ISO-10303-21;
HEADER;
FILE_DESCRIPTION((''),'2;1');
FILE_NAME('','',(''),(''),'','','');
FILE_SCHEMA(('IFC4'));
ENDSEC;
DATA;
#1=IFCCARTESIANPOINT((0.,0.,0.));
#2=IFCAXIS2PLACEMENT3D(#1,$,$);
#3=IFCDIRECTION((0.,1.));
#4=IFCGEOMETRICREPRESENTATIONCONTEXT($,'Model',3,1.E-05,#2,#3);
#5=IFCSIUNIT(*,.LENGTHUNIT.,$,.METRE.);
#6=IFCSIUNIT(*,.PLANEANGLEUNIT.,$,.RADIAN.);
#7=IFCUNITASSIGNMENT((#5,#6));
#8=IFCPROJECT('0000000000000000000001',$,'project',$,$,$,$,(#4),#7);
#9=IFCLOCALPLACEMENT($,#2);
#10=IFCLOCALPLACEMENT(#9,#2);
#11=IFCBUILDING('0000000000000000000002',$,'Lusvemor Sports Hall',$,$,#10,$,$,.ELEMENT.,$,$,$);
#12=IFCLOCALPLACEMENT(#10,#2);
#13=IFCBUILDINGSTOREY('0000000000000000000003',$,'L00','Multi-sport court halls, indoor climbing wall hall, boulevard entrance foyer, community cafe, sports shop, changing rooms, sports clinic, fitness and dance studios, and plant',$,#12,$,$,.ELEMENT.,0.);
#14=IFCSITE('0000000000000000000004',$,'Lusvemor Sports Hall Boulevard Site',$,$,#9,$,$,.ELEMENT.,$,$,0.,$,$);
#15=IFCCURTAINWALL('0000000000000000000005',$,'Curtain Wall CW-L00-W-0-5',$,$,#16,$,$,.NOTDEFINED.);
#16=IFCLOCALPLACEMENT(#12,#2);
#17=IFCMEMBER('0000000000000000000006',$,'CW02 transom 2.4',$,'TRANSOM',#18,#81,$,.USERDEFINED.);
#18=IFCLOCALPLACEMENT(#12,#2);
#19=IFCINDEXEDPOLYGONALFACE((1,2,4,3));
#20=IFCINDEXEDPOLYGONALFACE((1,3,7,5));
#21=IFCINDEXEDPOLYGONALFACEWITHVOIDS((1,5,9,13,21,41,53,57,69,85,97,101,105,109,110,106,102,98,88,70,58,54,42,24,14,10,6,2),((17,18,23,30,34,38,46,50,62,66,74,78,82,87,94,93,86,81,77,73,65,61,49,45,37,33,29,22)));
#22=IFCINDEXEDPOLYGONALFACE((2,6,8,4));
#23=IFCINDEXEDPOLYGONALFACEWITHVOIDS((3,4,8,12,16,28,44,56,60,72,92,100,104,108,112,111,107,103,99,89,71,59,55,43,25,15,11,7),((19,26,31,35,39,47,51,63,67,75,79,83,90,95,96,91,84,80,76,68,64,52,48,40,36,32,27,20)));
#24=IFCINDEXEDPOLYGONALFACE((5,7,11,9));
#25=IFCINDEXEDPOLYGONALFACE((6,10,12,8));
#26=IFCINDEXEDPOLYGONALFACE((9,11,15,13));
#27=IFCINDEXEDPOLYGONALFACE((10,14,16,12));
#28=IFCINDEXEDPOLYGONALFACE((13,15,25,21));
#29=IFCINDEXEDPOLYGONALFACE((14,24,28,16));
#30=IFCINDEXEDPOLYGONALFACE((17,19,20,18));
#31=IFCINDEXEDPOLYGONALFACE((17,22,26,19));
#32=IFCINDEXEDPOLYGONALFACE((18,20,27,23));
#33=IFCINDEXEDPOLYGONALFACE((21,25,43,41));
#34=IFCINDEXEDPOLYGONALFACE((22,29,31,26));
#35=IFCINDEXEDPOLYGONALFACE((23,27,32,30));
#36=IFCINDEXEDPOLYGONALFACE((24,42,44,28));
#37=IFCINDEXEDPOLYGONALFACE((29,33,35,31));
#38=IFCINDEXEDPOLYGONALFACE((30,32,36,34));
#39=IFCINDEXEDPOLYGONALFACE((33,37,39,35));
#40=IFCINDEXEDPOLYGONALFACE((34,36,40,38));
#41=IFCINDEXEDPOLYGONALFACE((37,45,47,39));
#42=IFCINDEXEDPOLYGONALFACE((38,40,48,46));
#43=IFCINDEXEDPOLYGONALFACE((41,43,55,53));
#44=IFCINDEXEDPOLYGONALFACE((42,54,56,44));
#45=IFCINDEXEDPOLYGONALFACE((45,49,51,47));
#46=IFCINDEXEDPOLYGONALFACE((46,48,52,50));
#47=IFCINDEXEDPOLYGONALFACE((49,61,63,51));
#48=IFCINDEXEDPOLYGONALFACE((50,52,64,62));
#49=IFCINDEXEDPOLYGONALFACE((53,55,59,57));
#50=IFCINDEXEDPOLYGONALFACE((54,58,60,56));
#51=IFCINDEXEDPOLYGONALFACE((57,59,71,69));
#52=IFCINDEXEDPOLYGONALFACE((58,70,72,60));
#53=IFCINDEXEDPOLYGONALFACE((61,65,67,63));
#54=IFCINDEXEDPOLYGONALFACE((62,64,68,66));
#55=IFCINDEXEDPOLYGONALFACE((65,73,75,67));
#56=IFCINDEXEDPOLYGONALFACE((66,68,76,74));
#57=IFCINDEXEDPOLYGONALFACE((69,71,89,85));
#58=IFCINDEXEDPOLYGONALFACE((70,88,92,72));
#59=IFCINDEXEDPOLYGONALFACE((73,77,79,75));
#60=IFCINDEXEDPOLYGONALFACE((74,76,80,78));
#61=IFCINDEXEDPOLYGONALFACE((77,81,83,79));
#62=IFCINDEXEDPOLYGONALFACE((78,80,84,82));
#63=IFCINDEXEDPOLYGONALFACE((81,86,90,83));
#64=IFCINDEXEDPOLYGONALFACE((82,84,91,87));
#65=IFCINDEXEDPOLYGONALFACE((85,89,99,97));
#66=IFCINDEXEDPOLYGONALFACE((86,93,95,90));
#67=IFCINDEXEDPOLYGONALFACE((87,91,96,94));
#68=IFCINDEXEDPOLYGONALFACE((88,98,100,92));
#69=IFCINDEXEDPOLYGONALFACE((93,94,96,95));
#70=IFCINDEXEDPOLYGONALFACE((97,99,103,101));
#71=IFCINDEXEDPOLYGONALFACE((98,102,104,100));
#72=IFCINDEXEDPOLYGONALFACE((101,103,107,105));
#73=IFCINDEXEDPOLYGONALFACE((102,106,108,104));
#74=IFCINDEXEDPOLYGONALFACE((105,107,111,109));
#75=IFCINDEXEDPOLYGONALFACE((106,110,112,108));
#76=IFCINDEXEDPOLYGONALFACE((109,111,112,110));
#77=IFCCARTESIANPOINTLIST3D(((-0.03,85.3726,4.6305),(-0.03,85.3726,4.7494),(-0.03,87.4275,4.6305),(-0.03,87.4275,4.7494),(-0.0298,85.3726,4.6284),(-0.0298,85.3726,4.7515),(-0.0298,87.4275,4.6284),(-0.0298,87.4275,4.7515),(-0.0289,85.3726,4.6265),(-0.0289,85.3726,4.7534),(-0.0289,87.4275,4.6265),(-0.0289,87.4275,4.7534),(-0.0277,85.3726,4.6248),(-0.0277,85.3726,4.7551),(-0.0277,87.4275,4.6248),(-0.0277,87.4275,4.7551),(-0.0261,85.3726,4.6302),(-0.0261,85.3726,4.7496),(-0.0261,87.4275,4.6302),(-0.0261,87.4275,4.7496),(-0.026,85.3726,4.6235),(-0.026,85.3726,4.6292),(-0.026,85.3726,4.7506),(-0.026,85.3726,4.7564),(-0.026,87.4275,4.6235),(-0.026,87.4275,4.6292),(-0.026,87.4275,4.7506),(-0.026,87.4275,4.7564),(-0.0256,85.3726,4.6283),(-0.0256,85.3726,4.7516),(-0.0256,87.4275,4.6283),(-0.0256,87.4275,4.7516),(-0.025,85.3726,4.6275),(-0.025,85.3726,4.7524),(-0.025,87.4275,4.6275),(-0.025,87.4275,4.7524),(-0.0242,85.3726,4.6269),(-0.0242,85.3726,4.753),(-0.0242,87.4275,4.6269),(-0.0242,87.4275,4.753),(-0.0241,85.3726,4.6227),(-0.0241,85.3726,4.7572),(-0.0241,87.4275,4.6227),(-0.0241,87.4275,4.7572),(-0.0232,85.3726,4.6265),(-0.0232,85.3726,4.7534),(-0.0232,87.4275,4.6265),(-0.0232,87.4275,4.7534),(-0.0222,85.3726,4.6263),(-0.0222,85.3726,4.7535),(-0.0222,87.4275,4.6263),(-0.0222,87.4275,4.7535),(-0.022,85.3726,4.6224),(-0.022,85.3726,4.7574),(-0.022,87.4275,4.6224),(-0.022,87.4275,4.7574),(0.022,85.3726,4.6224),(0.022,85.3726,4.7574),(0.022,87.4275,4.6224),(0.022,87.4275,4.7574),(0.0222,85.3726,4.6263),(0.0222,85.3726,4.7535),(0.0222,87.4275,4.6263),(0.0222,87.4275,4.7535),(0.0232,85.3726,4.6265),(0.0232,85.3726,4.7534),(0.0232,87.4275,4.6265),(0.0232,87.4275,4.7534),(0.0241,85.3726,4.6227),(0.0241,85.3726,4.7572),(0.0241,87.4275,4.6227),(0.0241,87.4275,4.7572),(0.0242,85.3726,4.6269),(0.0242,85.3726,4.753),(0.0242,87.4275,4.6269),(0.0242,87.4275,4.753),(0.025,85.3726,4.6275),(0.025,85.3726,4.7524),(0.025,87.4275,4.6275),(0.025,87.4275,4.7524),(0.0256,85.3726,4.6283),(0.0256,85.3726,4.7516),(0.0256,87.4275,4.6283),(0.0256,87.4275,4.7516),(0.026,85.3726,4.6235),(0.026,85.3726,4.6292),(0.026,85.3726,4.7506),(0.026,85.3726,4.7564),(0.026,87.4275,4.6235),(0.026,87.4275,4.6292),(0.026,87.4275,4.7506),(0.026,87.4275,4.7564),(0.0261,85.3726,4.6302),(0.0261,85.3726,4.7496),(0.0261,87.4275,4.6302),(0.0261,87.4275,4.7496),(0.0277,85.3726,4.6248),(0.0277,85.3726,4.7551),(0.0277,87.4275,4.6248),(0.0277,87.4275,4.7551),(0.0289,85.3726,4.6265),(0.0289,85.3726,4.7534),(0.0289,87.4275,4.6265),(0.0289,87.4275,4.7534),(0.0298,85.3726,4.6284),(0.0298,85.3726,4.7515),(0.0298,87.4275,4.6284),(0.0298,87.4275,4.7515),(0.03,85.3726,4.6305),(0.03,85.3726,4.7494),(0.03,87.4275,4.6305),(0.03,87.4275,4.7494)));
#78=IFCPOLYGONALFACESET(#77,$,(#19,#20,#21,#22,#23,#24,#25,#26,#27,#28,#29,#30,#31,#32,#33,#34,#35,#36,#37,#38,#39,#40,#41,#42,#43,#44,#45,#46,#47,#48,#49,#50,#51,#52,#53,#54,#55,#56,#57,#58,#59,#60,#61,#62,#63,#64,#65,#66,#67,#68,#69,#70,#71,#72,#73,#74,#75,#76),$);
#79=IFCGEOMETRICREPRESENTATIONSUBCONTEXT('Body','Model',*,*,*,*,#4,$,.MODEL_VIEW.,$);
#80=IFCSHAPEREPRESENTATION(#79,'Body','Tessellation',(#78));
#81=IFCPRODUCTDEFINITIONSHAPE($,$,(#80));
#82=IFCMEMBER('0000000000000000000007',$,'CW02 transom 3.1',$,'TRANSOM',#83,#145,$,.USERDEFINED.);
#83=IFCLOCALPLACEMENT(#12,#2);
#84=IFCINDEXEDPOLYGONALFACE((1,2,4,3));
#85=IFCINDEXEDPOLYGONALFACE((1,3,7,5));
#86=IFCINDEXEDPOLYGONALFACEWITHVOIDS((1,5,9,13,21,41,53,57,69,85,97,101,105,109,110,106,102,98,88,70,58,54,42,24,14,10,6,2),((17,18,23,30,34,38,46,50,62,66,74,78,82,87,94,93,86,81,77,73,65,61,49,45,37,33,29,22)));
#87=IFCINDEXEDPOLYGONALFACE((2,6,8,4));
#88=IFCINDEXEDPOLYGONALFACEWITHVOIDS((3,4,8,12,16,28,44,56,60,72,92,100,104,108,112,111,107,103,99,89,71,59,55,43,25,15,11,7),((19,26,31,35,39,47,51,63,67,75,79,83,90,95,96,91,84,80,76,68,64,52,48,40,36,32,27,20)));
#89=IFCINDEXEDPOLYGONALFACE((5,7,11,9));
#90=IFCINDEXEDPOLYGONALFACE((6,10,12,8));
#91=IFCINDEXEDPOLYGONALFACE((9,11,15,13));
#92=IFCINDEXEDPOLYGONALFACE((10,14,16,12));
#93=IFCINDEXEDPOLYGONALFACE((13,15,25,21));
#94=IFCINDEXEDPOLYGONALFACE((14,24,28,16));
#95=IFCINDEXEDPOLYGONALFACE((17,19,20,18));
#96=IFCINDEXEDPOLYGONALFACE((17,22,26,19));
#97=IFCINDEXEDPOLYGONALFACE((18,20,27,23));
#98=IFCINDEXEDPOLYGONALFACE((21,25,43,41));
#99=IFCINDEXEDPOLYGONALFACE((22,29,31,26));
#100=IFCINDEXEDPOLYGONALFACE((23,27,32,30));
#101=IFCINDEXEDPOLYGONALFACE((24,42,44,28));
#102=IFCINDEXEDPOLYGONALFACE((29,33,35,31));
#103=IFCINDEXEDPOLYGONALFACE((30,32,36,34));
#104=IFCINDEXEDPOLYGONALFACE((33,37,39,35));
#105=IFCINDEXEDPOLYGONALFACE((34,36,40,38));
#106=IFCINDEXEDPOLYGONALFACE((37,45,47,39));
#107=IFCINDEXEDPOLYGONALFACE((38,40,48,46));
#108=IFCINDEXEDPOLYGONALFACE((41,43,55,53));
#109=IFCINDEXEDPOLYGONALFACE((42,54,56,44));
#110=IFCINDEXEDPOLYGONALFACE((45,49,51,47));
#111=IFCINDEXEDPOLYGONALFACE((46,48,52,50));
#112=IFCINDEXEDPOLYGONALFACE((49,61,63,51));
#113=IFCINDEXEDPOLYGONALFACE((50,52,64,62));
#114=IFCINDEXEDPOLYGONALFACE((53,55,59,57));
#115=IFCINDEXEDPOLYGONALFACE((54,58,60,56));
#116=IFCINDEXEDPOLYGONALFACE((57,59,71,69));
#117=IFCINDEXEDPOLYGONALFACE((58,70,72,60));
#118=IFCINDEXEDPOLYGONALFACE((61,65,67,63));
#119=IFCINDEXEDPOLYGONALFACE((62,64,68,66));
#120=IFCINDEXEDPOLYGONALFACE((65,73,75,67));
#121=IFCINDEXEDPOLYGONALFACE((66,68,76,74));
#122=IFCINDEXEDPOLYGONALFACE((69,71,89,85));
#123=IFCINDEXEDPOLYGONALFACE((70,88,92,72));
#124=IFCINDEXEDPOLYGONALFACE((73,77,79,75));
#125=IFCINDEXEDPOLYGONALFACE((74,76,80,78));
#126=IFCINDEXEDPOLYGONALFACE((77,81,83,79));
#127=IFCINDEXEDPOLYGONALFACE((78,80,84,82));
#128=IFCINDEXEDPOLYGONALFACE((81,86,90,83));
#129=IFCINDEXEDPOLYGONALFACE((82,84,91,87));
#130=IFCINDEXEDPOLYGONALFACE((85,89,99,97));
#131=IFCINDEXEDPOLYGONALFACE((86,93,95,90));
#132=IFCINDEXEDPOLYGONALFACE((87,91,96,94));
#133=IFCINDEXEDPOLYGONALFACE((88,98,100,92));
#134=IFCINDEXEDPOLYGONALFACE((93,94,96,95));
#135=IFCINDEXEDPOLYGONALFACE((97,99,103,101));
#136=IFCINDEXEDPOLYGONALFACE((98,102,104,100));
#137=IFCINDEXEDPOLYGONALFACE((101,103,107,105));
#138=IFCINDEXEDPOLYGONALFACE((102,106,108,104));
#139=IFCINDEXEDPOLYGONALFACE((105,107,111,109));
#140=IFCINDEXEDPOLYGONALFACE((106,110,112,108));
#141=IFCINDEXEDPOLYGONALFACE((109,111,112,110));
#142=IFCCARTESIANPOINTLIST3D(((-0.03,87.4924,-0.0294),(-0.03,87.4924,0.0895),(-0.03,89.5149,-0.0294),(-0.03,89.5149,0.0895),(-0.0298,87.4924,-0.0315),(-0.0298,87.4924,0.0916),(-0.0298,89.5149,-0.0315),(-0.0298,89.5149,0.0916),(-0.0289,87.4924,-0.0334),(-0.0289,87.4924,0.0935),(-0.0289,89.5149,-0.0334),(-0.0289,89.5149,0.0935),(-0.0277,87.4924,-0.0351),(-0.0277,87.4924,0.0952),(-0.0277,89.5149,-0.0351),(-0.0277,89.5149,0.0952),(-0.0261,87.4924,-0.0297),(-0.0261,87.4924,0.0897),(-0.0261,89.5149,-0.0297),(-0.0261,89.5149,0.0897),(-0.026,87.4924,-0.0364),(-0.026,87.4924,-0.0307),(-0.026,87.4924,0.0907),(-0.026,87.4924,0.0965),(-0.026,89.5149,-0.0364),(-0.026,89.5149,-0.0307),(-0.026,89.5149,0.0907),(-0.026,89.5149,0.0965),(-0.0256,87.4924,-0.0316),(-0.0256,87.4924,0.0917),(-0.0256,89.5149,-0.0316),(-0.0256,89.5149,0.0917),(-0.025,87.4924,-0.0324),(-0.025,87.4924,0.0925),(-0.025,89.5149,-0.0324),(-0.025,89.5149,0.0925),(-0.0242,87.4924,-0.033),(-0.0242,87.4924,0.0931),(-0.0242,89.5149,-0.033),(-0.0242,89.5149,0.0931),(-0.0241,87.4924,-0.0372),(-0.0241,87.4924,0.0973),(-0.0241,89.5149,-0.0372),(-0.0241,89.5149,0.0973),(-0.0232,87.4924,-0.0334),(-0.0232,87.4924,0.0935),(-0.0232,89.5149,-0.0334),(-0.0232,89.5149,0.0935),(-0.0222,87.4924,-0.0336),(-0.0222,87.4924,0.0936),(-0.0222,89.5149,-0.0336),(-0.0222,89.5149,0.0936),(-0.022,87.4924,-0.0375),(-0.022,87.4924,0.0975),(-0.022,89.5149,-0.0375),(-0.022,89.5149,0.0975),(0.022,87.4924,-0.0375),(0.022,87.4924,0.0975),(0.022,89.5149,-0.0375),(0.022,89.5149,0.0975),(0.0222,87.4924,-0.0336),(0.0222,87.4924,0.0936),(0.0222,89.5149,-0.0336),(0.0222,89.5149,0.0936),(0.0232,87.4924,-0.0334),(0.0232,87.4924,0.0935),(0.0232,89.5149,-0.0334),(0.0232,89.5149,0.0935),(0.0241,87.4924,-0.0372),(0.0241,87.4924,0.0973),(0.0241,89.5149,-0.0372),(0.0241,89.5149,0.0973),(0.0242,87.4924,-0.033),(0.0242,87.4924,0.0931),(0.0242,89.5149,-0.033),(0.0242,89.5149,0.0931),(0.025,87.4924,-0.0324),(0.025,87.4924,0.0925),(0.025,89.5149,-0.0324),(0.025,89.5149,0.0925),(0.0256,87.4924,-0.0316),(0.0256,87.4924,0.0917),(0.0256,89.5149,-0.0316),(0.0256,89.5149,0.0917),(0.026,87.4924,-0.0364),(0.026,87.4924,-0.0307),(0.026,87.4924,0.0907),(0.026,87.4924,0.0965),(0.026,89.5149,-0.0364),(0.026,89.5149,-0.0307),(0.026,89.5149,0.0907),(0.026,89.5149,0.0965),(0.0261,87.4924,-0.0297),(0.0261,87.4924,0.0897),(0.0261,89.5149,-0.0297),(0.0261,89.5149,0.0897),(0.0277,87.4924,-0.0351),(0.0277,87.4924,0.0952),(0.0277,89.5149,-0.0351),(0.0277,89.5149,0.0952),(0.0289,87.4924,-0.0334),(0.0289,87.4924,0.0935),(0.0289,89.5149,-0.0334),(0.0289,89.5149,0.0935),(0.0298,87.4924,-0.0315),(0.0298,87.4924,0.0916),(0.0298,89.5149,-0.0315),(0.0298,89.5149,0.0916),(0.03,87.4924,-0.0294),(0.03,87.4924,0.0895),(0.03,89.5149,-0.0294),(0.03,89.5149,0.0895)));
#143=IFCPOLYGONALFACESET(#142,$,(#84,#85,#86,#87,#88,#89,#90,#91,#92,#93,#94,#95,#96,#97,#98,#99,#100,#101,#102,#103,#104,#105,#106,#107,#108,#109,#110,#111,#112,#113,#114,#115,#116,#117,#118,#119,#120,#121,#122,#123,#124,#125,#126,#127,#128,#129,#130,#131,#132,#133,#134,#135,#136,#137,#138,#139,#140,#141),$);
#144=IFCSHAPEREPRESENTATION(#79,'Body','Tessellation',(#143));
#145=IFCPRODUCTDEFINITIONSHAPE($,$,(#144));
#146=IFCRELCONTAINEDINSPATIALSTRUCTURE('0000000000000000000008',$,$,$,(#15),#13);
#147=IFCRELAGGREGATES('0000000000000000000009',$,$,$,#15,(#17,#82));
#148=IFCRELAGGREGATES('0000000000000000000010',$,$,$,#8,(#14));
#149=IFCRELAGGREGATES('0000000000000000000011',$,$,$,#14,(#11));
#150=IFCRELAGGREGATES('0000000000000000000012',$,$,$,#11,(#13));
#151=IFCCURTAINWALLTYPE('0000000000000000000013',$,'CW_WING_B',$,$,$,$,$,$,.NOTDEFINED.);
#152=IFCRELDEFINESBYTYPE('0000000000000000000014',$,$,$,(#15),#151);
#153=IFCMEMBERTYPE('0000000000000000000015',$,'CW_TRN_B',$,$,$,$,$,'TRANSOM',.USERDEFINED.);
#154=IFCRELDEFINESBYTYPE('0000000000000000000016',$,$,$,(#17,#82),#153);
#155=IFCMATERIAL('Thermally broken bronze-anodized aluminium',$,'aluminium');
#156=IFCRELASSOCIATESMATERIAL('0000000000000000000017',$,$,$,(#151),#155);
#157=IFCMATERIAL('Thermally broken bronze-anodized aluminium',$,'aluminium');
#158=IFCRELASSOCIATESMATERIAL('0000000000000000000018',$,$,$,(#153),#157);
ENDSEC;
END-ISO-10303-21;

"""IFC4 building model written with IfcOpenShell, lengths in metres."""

from ifc_helpers import new_model, si_unit, direction, frame, origin, origin_2d, place, context, subcontext, project, spatial, hollow_rectangle, extrude, material, material_profile, profile_set, type_object, element, aggregate, save


model = new_model("IFC4")

# Units and contexts
model_context = context("Model", 3, precision=1e-05, world=origin(), true_north=direction((0.0, 1.0)))
body_context = subcontext(model_context, "Body", "Model", "MODEL_VIEW")
ifc_project = project(units=[si_unit("LENGTHUNIT", "METRE"), si_unit("PLANEANGLEUNIT", "RADIAN")], contexts=[model_context])

# Site, building, storey
site_placement = place(None, origin())
site = spatial("IfcSite", under=ifc_project, at=site_placement, Name="Lusvemor Sports Hall Boulevard Site", CompositionType="ELEMENT", RefElevation=0.0)
building_placement = place(site_placement, origin())
building = spatial("IfcBuilding", under=site, at=building_placement, Name="Lusvemor Sports Hall", CompositionType="ELEMENT")
storey_placement = place(building_placement, origin())
storey = spatial("IfcBuildingStorey", under=building, at=storey_placement, Name="L00", Description="Multi-sport court halls, indoor climbing wall hall, boulevard entrance foyer, community cafe, sports shop, changing rooms, sports clinic, fitness and dance studios, and plant", CompositionType="ELEMENT", Elevation=0.0)

# Curtain wall, members
ifc_material_1 = material(Name="Thermally broken bronze-anodized aluminium", Category="aluminium")
curtain_wall_type = type_object("IfcCurtainWallType", Name="CW_WING_B", PredefinedType="NOTDEFINED", material=ifc_material_1)
curtain_wall_placement = place(storey_placement, origin())
curtain_wall = element("IfcCurtainWall", 1, at=curtain_wall_placement, inside=storey, type_object=curtain_wall_type, Name="Curtain Wall CW-L00-W-0-5", PredefinedType="NOTDEFINED")
ifc_material_2 = material(Name="Thermally broken bronze-anodized aluminium", Category="aluminium")
ifc_material_profile_1 = material_profile(ifc_material_2, hollow_rectangle(XDim=0.0601, YDim=0.135, WallThickness=0.0039, InnerFilletRadius=0.0039, OuterFilletRadius=0.0081, at=origin_2d()), Name="CWTRN135x60x4")
ifc_profile_set_1 = profile_set([ifc_material_profile_1], Name="Thermally broken bronze-anodized aluminium")
member_type_1 = type_object("IfcMemberType", Name="CW_TRN_B", ElementType="TRANSOM", PredefinedType="USERDEFINED", material=ifc_profile_set_1)
member_1_placement = place(storey_placement, frame((0.0, 85.3726, 4.6899), z_axis=(0.0, 1.0, 0.0), x_axis=(-1.0, 0.0, 0.0)))
member_1 = element("IfcMember", 2, at=member_1_placement, type_object=member_type_1, Name="CW02 transom 2.4", ObjectType="TRANSOM", PredefinedType="USERDEFINED", context=body_context, shape_type="SweptSolid", body=[
    extrude(hollow_rectangle(XDim=0.0601, YDim=0.135, WallThickness=0.0039, InnerFilletRadius=0.0039, OuterFilletRadius=0.0081, at=origin_2d()), origin(), (0.0, 0.0, 1.0), 2.0549),
])
member_2_placement = place(storey_placement, frame((0.0, 87.4924, 0.03), z_axis=(0.0, 1.0, 0.0), x_axis=(-1.0, 0.0, 0.0)))
member_2 = element("IfcMember", 3, at=member_2_placement, type_object=member_type_1, Name="CW02 transom 3.1", ObjectType="TRANSOM", PredefinedType="USERDEFINED", context=body_context, shape_type="SweptSolid", body=[
    extrude(hollow_rectangle(XDim=0.0601, YDim=0.135, WallThickness=0.0039, InnerFilletRadius=0.0039, OuterFilletRadius=0.0081, at=origin_2d()), origin(), (0.0, 0.0, 1.0), 2.0225),
])
aggregate(curtain_wall, [member_1, member_2])

save(model, "model.ifc")
